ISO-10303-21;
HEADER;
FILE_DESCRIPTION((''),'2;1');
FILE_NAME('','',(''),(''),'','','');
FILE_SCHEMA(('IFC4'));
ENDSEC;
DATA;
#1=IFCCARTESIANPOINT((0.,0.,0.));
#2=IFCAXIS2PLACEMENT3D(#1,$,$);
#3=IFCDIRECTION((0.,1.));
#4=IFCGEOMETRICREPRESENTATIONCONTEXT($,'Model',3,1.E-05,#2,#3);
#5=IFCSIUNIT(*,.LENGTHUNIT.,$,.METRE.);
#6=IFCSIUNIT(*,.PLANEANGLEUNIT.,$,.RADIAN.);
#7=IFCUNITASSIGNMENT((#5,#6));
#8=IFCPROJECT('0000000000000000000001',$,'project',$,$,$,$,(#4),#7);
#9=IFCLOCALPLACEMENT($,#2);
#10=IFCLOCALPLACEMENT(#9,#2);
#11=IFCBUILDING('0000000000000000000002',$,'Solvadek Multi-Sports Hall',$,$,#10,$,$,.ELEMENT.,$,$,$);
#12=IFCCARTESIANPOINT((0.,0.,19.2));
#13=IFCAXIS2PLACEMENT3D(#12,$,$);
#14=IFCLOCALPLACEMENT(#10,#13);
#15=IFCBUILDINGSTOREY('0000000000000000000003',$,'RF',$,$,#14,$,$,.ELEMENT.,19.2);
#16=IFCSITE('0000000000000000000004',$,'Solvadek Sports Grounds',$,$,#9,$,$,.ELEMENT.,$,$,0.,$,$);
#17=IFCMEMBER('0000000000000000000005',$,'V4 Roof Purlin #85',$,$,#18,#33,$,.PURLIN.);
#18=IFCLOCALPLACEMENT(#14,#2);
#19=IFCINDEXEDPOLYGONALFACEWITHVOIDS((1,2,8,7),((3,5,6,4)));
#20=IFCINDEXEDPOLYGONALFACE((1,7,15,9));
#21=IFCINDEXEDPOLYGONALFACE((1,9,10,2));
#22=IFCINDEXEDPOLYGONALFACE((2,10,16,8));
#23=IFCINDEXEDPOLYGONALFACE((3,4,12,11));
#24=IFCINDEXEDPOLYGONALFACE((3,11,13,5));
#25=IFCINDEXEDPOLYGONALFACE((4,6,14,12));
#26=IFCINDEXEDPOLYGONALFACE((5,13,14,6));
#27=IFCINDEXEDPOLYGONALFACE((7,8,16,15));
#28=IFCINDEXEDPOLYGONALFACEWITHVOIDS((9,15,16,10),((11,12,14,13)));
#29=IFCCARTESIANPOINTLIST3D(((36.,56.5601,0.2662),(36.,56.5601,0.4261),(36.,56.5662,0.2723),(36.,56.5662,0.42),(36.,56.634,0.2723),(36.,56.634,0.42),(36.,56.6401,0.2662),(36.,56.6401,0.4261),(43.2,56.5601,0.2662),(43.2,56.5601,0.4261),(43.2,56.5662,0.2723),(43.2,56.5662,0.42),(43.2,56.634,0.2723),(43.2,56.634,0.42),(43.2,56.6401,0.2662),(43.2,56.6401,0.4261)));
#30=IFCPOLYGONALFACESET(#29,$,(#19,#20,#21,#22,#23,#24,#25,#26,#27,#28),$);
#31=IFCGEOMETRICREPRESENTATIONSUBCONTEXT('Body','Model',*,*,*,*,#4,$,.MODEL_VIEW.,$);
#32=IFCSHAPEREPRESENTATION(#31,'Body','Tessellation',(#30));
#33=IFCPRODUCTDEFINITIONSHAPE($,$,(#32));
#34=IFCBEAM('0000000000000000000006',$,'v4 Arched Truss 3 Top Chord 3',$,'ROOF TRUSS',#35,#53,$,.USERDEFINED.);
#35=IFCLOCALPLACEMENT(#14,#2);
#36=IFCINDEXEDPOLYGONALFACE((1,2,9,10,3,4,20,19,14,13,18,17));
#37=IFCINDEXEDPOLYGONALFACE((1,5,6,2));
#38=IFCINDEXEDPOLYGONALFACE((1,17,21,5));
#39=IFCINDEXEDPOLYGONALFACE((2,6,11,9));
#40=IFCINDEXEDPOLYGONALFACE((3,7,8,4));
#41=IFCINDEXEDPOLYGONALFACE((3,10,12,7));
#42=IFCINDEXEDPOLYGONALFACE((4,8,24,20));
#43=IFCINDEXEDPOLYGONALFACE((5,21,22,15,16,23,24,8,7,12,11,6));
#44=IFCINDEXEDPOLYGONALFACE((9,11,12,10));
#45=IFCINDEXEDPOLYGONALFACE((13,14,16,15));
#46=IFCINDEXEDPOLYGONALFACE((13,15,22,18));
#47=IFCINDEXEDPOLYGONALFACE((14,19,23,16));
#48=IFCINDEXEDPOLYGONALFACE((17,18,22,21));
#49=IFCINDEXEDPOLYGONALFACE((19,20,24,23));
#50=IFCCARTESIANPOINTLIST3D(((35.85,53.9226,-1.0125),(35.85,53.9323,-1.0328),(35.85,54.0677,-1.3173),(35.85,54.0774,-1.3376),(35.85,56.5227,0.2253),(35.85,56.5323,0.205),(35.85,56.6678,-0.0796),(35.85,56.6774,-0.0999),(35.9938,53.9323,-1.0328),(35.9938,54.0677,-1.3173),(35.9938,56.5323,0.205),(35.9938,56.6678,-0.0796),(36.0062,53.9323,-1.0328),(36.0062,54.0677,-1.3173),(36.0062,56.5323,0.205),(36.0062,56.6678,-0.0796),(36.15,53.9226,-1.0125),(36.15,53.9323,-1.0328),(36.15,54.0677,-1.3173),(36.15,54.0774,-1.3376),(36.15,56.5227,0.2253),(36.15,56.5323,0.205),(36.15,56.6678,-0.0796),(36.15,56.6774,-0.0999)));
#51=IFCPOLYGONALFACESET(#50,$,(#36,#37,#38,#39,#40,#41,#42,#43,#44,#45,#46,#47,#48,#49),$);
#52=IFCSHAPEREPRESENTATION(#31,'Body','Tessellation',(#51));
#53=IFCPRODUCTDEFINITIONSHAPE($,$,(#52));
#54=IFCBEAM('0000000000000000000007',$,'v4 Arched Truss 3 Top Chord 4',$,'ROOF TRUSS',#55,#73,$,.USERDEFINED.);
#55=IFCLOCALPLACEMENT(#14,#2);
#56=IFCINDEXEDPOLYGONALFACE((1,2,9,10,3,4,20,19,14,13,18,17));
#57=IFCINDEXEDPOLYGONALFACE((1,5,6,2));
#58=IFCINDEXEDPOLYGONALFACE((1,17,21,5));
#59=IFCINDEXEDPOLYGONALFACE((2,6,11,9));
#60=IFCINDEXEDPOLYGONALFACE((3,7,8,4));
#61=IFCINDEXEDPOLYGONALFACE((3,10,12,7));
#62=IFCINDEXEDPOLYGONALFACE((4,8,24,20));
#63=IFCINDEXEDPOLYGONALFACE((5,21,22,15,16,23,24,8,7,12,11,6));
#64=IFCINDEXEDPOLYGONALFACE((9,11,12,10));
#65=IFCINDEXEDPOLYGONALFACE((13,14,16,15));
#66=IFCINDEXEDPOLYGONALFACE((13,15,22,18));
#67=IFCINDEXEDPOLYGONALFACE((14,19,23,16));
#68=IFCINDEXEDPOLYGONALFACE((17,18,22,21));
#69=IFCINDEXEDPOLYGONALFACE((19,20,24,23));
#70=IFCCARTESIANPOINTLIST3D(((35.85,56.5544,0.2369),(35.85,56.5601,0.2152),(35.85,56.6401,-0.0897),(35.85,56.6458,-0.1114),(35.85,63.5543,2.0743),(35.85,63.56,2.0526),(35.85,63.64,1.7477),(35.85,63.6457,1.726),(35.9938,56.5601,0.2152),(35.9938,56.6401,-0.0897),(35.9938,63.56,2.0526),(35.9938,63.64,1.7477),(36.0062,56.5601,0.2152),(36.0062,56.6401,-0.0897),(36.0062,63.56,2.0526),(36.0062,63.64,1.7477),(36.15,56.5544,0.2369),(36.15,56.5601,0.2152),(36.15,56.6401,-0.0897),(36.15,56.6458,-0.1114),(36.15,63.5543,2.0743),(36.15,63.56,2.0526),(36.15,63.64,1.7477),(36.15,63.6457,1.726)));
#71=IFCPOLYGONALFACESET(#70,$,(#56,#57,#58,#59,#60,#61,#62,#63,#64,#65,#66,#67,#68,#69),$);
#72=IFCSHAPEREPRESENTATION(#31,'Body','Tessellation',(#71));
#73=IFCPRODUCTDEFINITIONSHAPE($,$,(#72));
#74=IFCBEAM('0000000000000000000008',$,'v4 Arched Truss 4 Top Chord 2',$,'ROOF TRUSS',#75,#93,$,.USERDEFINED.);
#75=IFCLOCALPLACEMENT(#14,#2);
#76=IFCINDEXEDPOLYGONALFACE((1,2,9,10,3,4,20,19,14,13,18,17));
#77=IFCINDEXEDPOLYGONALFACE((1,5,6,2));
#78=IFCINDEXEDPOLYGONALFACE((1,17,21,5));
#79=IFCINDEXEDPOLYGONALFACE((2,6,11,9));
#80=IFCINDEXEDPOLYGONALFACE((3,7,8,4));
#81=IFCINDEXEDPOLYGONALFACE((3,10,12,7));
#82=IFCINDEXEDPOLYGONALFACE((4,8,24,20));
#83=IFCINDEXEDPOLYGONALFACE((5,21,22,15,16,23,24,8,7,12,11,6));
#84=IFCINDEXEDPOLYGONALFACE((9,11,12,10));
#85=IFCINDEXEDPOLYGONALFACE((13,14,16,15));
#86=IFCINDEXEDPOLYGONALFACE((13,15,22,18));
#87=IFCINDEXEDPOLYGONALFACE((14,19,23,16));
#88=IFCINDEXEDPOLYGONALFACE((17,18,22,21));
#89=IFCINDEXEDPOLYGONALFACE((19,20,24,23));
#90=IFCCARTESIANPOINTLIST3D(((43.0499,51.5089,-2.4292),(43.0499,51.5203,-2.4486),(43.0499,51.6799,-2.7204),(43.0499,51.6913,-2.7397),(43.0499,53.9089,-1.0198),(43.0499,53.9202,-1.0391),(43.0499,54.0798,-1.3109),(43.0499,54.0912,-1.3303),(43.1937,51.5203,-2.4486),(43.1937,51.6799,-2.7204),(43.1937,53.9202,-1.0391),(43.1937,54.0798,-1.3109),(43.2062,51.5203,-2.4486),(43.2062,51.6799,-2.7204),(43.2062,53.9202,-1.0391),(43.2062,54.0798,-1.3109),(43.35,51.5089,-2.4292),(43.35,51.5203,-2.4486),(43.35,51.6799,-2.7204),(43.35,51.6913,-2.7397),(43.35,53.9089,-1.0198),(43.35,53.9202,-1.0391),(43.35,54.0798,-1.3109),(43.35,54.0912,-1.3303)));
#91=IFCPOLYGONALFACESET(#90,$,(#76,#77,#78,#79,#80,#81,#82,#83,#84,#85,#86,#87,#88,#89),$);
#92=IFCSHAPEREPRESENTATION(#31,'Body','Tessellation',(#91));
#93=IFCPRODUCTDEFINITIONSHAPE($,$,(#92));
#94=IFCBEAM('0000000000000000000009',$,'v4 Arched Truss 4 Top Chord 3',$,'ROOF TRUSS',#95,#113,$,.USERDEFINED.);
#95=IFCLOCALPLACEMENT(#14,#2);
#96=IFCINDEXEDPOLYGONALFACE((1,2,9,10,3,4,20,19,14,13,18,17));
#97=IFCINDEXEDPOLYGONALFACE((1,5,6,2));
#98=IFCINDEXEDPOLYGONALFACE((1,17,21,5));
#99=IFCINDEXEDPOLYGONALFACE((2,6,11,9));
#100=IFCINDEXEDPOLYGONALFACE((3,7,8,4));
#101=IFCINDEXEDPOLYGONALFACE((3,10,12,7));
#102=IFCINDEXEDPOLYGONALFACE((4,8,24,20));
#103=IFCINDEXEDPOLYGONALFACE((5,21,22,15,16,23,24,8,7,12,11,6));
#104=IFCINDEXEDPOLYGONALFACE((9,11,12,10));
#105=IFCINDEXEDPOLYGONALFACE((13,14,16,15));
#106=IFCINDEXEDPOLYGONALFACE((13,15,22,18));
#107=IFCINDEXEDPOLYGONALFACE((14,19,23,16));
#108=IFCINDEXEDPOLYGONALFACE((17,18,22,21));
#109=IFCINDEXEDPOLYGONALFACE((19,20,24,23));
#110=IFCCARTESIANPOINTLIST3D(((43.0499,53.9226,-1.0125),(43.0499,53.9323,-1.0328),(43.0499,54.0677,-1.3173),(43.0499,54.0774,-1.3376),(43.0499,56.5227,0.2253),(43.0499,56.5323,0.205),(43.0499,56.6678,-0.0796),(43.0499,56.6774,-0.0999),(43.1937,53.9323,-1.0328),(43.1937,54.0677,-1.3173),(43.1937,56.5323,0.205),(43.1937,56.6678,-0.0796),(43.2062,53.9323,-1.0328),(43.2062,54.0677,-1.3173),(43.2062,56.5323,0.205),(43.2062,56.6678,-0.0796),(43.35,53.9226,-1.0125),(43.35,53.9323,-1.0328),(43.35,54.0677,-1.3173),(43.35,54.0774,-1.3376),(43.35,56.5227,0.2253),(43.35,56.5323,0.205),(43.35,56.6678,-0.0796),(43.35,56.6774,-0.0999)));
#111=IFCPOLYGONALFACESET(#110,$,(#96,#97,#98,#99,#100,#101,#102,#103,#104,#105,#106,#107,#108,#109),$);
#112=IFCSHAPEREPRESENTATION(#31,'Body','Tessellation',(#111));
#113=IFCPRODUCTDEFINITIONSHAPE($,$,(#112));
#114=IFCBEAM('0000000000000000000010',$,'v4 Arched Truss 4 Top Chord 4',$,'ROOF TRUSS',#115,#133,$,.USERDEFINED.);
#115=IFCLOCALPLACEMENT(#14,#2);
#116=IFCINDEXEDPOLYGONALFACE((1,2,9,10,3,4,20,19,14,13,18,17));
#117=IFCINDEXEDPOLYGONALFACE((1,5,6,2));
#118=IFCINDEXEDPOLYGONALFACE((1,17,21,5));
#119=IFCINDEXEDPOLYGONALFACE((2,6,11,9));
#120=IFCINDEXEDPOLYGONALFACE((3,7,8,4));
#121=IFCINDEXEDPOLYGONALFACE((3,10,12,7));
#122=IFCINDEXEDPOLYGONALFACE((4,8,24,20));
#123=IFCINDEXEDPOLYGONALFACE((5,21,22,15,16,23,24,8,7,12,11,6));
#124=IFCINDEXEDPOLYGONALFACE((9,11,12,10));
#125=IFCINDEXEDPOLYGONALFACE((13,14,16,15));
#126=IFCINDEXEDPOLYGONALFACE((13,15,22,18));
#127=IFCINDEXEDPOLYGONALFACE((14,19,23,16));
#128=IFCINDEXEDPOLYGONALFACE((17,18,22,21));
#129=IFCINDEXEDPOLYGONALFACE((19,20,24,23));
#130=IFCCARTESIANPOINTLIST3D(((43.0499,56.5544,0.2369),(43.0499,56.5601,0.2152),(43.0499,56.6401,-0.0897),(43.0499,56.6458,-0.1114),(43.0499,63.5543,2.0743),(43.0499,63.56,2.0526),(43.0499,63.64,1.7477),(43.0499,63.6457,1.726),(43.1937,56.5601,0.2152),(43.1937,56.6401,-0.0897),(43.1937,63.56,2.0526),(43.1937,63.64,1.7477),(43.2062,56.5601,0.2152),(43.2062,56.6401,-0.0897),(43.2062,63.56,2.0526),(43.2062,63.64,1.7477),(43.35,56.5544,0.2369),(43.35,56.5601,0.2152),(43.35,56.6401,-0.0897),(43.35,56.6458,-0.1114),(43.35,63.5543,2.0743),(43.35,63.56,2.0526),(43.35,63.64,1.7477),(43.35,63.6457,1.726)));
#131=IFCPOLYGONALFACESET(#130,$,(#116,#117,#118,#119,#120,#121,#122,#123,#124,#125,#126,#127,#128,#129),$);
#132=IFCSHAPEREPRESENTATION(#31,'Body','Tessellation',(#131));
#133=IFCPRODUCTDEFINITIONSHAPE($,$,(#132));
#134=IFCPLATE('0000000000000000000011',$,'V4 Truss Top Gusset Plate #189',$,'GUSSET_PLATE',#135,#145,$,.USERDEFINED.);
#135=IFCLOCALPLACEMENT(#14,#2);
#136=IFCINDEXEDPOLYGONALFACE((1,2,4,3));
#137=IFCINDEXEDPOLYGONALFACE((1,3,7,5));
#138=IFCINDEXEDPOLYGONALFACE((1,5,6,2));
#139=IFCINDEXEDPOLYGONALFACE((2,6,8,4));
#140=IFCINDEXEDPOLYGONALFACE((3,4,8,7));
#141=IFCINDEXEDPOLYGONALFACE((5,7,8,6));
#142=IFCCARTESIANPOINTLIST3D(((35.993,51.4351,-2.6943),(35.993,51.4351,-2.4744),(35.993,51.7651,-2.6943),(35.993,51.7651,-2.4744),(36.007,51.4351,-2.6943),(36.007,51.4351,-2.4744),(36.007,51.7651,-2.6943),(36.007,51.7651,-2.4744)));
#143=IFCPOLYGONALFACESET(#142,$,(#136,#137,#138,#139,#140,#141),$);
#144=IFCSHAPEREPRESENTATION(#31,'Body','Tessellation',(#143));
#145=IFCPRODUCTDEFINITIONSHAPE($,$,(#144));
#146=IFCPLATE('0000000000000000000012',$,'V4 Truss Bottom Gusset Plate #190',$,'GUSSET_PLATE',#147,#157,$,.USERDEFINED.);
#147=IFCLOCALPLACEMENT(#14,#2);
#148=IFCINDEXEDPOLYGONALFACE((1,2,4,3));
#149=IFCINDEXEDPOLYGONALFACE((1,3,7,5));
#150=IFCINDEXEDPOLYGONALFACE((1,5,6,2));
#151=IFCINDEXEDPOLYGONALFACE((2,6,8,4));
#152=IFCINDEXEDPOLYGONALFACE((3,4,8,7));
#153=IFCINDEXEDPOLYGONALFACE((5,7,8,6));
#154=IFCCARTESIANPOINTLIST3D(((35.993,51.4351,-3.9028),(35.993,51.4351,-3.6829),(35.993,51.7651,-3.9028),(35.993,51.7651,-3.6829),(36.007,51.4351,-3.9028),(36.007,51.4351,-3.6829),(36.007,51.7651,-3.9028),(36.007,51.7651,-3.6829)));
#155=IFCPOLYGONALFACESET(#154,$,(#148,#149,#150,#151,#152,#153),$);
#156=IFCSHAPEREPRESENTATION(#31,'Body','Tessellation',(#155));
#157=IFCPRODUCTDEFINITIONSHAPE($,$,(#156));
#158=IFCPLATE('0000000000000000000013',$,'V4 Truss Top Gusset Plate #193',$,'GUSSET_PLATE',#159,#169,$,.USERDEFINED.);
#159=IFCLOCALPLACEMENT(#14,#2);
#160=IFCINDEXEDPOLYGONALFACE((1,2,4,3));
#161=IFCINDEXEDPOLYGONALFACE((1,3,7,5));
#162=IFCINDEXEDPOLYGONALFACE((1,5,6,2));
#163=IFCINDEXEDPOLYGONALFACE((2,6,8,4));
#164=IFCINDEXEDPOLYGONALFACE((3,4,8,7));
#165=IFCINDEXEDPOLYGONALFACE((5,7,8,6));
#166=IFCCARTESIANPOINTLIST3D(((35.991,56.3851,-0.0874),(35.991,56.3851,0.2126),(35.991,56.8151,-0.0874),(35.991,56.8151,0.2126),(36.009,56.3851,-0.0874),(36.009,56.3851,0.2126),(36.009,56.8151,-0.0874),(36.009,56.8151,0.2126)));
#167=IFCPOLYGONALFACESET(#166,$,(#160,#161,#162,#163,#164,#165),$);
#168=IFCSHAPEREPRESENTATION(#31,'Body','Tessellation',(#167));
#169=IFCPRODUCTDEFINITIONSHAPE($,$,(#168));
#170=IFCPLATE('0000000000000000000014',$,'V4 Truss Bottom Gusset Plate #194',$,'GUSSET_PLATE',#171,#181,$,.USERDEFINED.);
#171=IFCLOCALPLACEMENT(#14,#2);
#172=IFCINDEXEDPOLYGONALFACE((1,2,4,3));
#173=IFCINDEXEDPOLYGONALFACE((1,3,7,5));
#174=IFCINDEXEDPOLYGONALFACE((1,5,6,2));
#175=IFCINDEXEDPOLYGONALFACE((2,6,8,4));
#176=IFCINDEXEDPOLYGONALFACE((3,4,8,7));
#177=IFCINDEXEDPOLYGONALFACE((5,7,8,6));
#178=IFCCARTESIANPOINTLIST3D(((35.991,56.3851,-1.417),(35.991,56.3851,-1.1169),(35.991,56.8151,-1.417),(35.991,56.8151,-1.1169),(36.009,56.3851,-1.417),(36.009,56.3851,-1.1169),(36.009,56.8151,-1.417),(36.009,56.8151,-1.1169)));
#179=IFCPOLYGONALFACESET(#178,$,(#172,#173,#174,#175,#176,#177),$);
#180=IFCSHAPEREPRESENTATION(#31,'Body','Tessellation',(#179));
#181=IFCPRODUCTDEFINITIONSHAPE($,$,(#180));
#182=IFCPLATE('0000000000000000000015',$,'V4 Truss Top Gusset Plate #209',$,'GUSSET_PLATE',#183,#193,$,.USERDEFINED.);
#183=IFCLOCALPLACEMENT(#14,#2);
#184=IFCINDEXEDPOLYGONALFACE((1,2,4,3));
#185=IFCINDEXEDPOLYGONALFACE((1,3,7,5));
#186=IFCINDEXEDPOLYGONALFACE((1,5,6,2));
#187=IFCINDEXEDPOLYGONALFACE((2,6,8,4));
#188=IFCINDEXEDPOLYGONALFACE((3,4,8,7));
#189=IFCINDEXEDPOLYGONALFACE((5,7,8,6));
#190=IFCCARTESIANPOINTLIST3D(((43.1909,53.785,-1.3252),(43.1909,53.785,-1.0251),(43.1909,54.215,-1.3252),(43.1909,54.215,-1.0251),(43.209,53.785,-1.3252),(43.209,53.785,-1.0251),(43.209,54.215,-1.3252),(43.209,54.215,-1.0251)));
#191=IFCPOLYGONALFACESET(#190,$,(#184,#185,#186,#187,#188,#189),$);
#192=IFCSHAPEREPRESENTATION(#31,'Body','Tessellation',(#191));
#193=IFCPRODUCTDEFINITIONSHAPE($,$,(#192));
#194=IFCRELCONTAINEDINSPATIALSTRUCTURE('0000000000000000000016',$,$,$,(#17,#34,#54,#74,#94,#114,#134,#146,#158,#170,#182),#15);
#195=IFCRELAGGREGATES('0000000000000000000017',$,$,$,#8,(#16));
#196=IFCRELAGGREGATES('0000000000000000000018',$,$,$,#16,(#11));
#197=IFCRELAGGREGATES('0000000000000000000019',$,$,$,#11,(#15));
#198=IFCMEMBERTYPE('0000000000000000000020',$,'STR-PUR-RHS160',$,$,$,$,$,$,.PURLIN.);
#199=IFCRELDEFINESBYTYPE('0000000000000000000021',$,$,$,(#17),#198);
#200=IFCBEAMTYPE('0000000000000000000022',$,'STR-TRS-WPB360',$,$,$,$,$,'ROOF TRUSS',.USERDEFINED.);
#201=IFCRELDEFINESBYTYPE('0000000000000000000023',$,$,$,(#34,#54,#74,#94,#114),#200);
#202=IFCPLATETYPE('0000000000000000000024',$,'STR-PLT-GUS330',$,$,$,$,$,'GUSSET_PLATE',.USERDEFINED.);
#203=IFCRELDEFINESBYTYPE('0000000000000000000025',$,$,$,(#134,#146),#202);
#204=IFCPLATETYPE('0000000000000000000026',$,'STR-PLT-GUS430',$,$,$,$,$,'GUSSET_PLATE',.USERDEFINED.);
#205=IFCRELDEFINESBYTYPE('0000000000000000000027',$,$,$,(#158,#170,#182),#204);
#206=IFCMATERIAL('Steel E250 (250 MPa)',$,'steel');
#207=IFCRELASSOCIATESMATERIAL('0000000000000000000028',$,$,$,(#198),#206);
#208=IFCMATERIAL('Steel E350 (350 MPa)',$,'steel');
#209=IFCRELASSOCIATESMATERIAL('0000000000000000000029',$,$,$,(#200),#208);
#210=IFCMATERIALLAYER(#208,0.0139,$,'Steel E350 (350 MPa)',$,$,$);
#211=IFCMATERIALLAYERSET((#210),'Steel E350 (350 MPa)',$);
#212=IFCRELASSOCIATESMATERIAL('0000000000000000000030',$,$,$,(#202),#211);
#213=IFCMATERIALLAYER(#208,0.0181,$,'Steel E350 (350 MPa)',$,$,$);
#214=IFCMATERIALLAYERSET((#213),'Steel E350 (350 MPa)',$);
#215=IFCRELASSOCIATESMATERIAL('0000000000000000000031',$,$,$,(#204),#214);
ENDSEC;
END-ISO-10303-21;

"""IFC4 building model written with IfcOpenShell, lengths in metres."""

from ifc_helpers import new_model, si_unit, direction, frame, origin, origin_2d, place, context, subcontext, project, spatial, rectangle, hollow_rectangle, i_section, extrude, material, layer, layer_set, material_profile, profile_set, type_object, element, save


model = new_model("IFC4")

# Units and contexts
model_context = context("Model", 3, precision=1e-05, world=origin(), true_north=direction((0.0, 1.0)))
body_context = subcontext(model_context, "Body", "Model", "MODEL_VIEW")
ifc_project = project(units=[si_unit("LENGTHUNIT", "METRE"), si_unit("PLANEANGLEUNIT", "RADIAN")], contexts=[model_context])

# Site, building, storey
site_placement = place(None, origin())
site = spatial("IfcSite", under=ifc_project, at=site_placement, Name="Solvadek Sports Grounds", CompositionType="ELEMENT", RefElevation=0.0)
building_placement = place(site_placement, origin())
building = spatial("IfcBuilding", under=site, at=building_placement, Name="Solvadek Multi-Sports Hall", CompositionType="ELEMENT")
storey_placement = place(building_placement, frame((0.0, 0.0, 19.2)))
storey = spatial("IfcBuildingStorey", under=building, at=storey_placement, Name="RF", CompositionType="ELEMENT", Elevation=19.2)

# Member
ifc_material_1 = material(Name="Steel E350 (350 MPa)", Category="steel")
ifc_material_2 = material(Name="Steel E250 (250 MPa)", Category="steel")
ifc_material_profile_1 = material_profile(ifc_material_2, hollow_rectangle(XDim=0.0801, YDim=0.1599, WallThickness=0.0061, at=origin_2d()), Name="RHS 160x80x6")
ifc_profile_set_1 = profile_set([ifc_material_profile_1], Name="Steel E250 (250 MPa)")
member_type_1 = type_object("IfcMemberType", Name="STR-PUR-RHS160", PredefinedType="PURLIN", material=ifc_profile_set_1)
for number, where, z_axis, x_axis, name in (
    (1, (36.0, 56.6001, 0.3462), (1.0, 0.0, 0.0), (0.0, 1.0, 0.0), "V4 Roof Purlin #85"),
):
    element("IfcMember", number, at=place(storey_placement, frame(where, z_axis=z_axis, x_axis=x_axis)), inside=storey, type_object=member_type_1, Name=name, PredefinedType="PURLIN", context=body_context, shape_type="SweptSolid", body=[
        extrude(hollow_rectangle(XDim=0.0801, YDim=0.1599, WallThickness=0.0061, at=origin_2d()), origin(), (0.0, 0.0, 1.0), 7.2),
    ])

# Beams
ifc_material_profile_2 = material_profile(ifc_material_1, i_section(OverallWidth=0.3, OverallDepth=0.3601, WebThickness=0.0125, FlangeThickness=0.0225, at=origin_2d()), Name="WPB 360")
ifc_profile_set_2 = profile_set([ifc_material_profile_2], Name="Steel E350 (350 MPa)")
beam_type = type_object("IfcBeamType", Name="STR-TRS-WPB360", ElementType="ROOF TRUSS", PredefinedType="USERDEFINED", material=ifc_profile_set_2)
beam_1_placement = place(storey_placement, frame((36.0, 54.0, -1.175), z_axis=(0.0, 0.902908, 0.429835), x_axis=(-1.0, 0.0, 0.0)))
element("IfcBeam", 2, at=beam_1_placement, inside=storey, type_object=beam_type, Name="v4 Arched Truss 3 Top Chord 3", ObjectType="ROOF TRUSS", PredefinedType="USERDEFINED", context=body_context, shape_type="SweptSolid", body=[
    extrude(i_section(OverallWidth=0.3, OverallDepth=0.3601, WebThickness=0.0125, FlangeThickness=0.0225, at=origin_2d()), origin(), (0.0, 0.0, 1.0), 2.8796),
])
beam_2_placement = place(storey_placement, frame((36.0, 56.6001, 0.0627), z_axis=(0.0, 0.967234, 0.253886), x_axis=(-1.0, 0.0, 0.0)))
element("IfcBeam", 3, at=beam_2_placement, inside=storey, type_object=beam_type, Name="v4 Arched Truss 3 Top Chord 4", ObjectType="ROOF TRUSS", PredefinedType="USERDEFINED", context=body_context, shape_type="SweptSolid", body=[
    extrude(i_section(OverallWidth=0.3, OverallDepth=0.3601, WebThickness=0.0125, FlangeThickness=0.0225, at=origin_2d()), origin(), (0.0, 0.0, 1.0), 7.2371),
])
beam_3_placement = place(storey_placement, frame((43.2, 51.6001, -2.5845), z_axis=(0.0, 0.862293, 0.50641), x_axis=(-1.0, 0.0, 0.0)))
element("IfcBeam", 4, at=beam_3_placement, inside=storey, type_object=beam_type, Name="v4 Arched Truss 4 Top Chord 2", ObjectType="ROOF TRUSS", PredefinedType="USERDEFINED", context=body_context, shape_type="SweptSolid", body=[
    extrude(i_section(OverallWidth=0.3, OverallDepth=0.3601, WebThickness=0.0125, FlangeThickness=0.0225, at=origin_2d()), origin(), (0.0, 0.0, 1.0), 2.7832),
])
beam_4_placement = place(storey_placement, frame((43.2, 54.0, -1.175), z_axis=(0.0, 0.902908, 0.429835), x_axis=(-1.0, 0.0, 0.0)))
element("IfcBeam", 5, at=beam_4_placement, inside=storey, type_object=beam_type, Name="v4 Arched Truss 4 Top Chord 3", ObjectType="ROOF TRUSS", PredefinedType="USERDEFINED", context=body_context, shape_type="SweptSolid", body=[
    extrude(i_section(OverallWidth=0.3, OverallDepth=0.3601, WebThickness=0.0125, FlangeThickness=0.0225, at=origin_2d()), origin(), (0.0, 0.0, 1.0), 2.8796),
])
beam_5_placement = place(storey_placement, frame((43.2, 56.6001, 0.0627), z_axis=(0.0, 0.967234, 0.253886), x_axis=(-1.0, 0.0, 0.0)))
element("IfcBeam", 6, at=beam_5_placement, inside=storey, type_object=beam_type, Name="v4 Arched Truss 4 Top Chord 4", ObjectType="ROOF TRUSS", PredefinedType="USERDEFINED", context=body_context, shape_type="SweptSolid", body=[
    extrude(i_section(OverallWidth=0.3, OverallDepth=0.3601, WebThickness=0.0125, FlangeThickness=0.0225, at=origin_2d()), origin(), (0.0, 0.0, 1.0), 7.2371),
])

# Plates
ifc_layer_1 = layer(ifc_material_1, 0.0139, Name="Steel E350 (350 MPa)")
ifc_layer_set_1 = layer_set([ifc_layer_1], Name="Steel E350 (350 MPa)")
plate_type_1 = type_object("IfcPlateType", Name="STR-PLT-GUS330", ElementType="GUSSET_PLATE", PredefinedType="USERDEFINED", material=ifc_layer_set_1)
for number, where, z_axis, x_axis, name in (
    (7, (36.0, 51.6001, -2.6943), (0.0, 0.0, 1.0), (0.0, 1.0, 0.0), "V4 Truss Top Gusset Plate #189"),
    (8, (36.0, 51.6001, -3.9028), (0.0, 0.0, 1.0), (0.0, 1.0, 0.0), "V4 Truss Bottom Gusset Plate #190"),
):
    element("IfcPlate", number, at=place(storey_placement, frame(where, z_axis=z_axis, x_axis=x_axis)), inside=storey, type_object=plate_type_1, Name=name, ObjectType="GUSSET_PLATE", PredefinedType="USERDEFINED", context=body_context, shape_type="SweptSolid", body=[
        extrude(rectangle(XDim=0.3301, YDim=0.0139, at=origin_2d()), origin(), (0.0, 0.0, 1.0), 0.22),
    ])
ifc_layer_2 = layer(ifc_material_1, 0.0181, Name="Steel E350 (350 MPa)")
ifc_layer_set_2 = layer_set([ifc_layer_2], Name="Steel E350 (350 MPa)")
plate_type_2 = type_object("IfcPlateType", Name="STR-PLT-GUS430", ElementType="GUSSET_PLATE", PredefinedType="USERDEFINED", material=ifc_layer_set_2)
for number, where, z_axis, x_axis, name in (
    (9, (36.0, 56.6001, -0.0874), (0.0, 0.0, 1.0), (0.0, 1.0, 0.0), "V4 Truss Top Gusset Plate #193"),
    (10, (36.0, 56.6001, -1.417), (0.0, 0.0, 1.0), (0.0, 1.0, 0.0), "V4 Truss Bottom Gusset Plate #194"),
    (11, (43.2, 54.0, -1.3252), (0.0, 0.0, 1.0), (0.0, 1.0, 0.0), "V4 Truss Top Gusset Plate #209"),
):
    element("IfcPlate", number, at=place(storey_placement, frame(where, z_axis=z_axis, x_axis=x_axis)), inside=storey, type_object=plate_type_2, Name=name, ObjectType="GUSSET_PLATE", PredefinedType="USERDEFINED", context=body_context, shape_type="SweptSolid", body=[
        extrude(rectangle(XDim=0.4299, YDim=0.0181, at=origin_2d()), origin(), (0.0, 0.0, 1.0), 0.3),
    ])

save(model, "model.ifc")
